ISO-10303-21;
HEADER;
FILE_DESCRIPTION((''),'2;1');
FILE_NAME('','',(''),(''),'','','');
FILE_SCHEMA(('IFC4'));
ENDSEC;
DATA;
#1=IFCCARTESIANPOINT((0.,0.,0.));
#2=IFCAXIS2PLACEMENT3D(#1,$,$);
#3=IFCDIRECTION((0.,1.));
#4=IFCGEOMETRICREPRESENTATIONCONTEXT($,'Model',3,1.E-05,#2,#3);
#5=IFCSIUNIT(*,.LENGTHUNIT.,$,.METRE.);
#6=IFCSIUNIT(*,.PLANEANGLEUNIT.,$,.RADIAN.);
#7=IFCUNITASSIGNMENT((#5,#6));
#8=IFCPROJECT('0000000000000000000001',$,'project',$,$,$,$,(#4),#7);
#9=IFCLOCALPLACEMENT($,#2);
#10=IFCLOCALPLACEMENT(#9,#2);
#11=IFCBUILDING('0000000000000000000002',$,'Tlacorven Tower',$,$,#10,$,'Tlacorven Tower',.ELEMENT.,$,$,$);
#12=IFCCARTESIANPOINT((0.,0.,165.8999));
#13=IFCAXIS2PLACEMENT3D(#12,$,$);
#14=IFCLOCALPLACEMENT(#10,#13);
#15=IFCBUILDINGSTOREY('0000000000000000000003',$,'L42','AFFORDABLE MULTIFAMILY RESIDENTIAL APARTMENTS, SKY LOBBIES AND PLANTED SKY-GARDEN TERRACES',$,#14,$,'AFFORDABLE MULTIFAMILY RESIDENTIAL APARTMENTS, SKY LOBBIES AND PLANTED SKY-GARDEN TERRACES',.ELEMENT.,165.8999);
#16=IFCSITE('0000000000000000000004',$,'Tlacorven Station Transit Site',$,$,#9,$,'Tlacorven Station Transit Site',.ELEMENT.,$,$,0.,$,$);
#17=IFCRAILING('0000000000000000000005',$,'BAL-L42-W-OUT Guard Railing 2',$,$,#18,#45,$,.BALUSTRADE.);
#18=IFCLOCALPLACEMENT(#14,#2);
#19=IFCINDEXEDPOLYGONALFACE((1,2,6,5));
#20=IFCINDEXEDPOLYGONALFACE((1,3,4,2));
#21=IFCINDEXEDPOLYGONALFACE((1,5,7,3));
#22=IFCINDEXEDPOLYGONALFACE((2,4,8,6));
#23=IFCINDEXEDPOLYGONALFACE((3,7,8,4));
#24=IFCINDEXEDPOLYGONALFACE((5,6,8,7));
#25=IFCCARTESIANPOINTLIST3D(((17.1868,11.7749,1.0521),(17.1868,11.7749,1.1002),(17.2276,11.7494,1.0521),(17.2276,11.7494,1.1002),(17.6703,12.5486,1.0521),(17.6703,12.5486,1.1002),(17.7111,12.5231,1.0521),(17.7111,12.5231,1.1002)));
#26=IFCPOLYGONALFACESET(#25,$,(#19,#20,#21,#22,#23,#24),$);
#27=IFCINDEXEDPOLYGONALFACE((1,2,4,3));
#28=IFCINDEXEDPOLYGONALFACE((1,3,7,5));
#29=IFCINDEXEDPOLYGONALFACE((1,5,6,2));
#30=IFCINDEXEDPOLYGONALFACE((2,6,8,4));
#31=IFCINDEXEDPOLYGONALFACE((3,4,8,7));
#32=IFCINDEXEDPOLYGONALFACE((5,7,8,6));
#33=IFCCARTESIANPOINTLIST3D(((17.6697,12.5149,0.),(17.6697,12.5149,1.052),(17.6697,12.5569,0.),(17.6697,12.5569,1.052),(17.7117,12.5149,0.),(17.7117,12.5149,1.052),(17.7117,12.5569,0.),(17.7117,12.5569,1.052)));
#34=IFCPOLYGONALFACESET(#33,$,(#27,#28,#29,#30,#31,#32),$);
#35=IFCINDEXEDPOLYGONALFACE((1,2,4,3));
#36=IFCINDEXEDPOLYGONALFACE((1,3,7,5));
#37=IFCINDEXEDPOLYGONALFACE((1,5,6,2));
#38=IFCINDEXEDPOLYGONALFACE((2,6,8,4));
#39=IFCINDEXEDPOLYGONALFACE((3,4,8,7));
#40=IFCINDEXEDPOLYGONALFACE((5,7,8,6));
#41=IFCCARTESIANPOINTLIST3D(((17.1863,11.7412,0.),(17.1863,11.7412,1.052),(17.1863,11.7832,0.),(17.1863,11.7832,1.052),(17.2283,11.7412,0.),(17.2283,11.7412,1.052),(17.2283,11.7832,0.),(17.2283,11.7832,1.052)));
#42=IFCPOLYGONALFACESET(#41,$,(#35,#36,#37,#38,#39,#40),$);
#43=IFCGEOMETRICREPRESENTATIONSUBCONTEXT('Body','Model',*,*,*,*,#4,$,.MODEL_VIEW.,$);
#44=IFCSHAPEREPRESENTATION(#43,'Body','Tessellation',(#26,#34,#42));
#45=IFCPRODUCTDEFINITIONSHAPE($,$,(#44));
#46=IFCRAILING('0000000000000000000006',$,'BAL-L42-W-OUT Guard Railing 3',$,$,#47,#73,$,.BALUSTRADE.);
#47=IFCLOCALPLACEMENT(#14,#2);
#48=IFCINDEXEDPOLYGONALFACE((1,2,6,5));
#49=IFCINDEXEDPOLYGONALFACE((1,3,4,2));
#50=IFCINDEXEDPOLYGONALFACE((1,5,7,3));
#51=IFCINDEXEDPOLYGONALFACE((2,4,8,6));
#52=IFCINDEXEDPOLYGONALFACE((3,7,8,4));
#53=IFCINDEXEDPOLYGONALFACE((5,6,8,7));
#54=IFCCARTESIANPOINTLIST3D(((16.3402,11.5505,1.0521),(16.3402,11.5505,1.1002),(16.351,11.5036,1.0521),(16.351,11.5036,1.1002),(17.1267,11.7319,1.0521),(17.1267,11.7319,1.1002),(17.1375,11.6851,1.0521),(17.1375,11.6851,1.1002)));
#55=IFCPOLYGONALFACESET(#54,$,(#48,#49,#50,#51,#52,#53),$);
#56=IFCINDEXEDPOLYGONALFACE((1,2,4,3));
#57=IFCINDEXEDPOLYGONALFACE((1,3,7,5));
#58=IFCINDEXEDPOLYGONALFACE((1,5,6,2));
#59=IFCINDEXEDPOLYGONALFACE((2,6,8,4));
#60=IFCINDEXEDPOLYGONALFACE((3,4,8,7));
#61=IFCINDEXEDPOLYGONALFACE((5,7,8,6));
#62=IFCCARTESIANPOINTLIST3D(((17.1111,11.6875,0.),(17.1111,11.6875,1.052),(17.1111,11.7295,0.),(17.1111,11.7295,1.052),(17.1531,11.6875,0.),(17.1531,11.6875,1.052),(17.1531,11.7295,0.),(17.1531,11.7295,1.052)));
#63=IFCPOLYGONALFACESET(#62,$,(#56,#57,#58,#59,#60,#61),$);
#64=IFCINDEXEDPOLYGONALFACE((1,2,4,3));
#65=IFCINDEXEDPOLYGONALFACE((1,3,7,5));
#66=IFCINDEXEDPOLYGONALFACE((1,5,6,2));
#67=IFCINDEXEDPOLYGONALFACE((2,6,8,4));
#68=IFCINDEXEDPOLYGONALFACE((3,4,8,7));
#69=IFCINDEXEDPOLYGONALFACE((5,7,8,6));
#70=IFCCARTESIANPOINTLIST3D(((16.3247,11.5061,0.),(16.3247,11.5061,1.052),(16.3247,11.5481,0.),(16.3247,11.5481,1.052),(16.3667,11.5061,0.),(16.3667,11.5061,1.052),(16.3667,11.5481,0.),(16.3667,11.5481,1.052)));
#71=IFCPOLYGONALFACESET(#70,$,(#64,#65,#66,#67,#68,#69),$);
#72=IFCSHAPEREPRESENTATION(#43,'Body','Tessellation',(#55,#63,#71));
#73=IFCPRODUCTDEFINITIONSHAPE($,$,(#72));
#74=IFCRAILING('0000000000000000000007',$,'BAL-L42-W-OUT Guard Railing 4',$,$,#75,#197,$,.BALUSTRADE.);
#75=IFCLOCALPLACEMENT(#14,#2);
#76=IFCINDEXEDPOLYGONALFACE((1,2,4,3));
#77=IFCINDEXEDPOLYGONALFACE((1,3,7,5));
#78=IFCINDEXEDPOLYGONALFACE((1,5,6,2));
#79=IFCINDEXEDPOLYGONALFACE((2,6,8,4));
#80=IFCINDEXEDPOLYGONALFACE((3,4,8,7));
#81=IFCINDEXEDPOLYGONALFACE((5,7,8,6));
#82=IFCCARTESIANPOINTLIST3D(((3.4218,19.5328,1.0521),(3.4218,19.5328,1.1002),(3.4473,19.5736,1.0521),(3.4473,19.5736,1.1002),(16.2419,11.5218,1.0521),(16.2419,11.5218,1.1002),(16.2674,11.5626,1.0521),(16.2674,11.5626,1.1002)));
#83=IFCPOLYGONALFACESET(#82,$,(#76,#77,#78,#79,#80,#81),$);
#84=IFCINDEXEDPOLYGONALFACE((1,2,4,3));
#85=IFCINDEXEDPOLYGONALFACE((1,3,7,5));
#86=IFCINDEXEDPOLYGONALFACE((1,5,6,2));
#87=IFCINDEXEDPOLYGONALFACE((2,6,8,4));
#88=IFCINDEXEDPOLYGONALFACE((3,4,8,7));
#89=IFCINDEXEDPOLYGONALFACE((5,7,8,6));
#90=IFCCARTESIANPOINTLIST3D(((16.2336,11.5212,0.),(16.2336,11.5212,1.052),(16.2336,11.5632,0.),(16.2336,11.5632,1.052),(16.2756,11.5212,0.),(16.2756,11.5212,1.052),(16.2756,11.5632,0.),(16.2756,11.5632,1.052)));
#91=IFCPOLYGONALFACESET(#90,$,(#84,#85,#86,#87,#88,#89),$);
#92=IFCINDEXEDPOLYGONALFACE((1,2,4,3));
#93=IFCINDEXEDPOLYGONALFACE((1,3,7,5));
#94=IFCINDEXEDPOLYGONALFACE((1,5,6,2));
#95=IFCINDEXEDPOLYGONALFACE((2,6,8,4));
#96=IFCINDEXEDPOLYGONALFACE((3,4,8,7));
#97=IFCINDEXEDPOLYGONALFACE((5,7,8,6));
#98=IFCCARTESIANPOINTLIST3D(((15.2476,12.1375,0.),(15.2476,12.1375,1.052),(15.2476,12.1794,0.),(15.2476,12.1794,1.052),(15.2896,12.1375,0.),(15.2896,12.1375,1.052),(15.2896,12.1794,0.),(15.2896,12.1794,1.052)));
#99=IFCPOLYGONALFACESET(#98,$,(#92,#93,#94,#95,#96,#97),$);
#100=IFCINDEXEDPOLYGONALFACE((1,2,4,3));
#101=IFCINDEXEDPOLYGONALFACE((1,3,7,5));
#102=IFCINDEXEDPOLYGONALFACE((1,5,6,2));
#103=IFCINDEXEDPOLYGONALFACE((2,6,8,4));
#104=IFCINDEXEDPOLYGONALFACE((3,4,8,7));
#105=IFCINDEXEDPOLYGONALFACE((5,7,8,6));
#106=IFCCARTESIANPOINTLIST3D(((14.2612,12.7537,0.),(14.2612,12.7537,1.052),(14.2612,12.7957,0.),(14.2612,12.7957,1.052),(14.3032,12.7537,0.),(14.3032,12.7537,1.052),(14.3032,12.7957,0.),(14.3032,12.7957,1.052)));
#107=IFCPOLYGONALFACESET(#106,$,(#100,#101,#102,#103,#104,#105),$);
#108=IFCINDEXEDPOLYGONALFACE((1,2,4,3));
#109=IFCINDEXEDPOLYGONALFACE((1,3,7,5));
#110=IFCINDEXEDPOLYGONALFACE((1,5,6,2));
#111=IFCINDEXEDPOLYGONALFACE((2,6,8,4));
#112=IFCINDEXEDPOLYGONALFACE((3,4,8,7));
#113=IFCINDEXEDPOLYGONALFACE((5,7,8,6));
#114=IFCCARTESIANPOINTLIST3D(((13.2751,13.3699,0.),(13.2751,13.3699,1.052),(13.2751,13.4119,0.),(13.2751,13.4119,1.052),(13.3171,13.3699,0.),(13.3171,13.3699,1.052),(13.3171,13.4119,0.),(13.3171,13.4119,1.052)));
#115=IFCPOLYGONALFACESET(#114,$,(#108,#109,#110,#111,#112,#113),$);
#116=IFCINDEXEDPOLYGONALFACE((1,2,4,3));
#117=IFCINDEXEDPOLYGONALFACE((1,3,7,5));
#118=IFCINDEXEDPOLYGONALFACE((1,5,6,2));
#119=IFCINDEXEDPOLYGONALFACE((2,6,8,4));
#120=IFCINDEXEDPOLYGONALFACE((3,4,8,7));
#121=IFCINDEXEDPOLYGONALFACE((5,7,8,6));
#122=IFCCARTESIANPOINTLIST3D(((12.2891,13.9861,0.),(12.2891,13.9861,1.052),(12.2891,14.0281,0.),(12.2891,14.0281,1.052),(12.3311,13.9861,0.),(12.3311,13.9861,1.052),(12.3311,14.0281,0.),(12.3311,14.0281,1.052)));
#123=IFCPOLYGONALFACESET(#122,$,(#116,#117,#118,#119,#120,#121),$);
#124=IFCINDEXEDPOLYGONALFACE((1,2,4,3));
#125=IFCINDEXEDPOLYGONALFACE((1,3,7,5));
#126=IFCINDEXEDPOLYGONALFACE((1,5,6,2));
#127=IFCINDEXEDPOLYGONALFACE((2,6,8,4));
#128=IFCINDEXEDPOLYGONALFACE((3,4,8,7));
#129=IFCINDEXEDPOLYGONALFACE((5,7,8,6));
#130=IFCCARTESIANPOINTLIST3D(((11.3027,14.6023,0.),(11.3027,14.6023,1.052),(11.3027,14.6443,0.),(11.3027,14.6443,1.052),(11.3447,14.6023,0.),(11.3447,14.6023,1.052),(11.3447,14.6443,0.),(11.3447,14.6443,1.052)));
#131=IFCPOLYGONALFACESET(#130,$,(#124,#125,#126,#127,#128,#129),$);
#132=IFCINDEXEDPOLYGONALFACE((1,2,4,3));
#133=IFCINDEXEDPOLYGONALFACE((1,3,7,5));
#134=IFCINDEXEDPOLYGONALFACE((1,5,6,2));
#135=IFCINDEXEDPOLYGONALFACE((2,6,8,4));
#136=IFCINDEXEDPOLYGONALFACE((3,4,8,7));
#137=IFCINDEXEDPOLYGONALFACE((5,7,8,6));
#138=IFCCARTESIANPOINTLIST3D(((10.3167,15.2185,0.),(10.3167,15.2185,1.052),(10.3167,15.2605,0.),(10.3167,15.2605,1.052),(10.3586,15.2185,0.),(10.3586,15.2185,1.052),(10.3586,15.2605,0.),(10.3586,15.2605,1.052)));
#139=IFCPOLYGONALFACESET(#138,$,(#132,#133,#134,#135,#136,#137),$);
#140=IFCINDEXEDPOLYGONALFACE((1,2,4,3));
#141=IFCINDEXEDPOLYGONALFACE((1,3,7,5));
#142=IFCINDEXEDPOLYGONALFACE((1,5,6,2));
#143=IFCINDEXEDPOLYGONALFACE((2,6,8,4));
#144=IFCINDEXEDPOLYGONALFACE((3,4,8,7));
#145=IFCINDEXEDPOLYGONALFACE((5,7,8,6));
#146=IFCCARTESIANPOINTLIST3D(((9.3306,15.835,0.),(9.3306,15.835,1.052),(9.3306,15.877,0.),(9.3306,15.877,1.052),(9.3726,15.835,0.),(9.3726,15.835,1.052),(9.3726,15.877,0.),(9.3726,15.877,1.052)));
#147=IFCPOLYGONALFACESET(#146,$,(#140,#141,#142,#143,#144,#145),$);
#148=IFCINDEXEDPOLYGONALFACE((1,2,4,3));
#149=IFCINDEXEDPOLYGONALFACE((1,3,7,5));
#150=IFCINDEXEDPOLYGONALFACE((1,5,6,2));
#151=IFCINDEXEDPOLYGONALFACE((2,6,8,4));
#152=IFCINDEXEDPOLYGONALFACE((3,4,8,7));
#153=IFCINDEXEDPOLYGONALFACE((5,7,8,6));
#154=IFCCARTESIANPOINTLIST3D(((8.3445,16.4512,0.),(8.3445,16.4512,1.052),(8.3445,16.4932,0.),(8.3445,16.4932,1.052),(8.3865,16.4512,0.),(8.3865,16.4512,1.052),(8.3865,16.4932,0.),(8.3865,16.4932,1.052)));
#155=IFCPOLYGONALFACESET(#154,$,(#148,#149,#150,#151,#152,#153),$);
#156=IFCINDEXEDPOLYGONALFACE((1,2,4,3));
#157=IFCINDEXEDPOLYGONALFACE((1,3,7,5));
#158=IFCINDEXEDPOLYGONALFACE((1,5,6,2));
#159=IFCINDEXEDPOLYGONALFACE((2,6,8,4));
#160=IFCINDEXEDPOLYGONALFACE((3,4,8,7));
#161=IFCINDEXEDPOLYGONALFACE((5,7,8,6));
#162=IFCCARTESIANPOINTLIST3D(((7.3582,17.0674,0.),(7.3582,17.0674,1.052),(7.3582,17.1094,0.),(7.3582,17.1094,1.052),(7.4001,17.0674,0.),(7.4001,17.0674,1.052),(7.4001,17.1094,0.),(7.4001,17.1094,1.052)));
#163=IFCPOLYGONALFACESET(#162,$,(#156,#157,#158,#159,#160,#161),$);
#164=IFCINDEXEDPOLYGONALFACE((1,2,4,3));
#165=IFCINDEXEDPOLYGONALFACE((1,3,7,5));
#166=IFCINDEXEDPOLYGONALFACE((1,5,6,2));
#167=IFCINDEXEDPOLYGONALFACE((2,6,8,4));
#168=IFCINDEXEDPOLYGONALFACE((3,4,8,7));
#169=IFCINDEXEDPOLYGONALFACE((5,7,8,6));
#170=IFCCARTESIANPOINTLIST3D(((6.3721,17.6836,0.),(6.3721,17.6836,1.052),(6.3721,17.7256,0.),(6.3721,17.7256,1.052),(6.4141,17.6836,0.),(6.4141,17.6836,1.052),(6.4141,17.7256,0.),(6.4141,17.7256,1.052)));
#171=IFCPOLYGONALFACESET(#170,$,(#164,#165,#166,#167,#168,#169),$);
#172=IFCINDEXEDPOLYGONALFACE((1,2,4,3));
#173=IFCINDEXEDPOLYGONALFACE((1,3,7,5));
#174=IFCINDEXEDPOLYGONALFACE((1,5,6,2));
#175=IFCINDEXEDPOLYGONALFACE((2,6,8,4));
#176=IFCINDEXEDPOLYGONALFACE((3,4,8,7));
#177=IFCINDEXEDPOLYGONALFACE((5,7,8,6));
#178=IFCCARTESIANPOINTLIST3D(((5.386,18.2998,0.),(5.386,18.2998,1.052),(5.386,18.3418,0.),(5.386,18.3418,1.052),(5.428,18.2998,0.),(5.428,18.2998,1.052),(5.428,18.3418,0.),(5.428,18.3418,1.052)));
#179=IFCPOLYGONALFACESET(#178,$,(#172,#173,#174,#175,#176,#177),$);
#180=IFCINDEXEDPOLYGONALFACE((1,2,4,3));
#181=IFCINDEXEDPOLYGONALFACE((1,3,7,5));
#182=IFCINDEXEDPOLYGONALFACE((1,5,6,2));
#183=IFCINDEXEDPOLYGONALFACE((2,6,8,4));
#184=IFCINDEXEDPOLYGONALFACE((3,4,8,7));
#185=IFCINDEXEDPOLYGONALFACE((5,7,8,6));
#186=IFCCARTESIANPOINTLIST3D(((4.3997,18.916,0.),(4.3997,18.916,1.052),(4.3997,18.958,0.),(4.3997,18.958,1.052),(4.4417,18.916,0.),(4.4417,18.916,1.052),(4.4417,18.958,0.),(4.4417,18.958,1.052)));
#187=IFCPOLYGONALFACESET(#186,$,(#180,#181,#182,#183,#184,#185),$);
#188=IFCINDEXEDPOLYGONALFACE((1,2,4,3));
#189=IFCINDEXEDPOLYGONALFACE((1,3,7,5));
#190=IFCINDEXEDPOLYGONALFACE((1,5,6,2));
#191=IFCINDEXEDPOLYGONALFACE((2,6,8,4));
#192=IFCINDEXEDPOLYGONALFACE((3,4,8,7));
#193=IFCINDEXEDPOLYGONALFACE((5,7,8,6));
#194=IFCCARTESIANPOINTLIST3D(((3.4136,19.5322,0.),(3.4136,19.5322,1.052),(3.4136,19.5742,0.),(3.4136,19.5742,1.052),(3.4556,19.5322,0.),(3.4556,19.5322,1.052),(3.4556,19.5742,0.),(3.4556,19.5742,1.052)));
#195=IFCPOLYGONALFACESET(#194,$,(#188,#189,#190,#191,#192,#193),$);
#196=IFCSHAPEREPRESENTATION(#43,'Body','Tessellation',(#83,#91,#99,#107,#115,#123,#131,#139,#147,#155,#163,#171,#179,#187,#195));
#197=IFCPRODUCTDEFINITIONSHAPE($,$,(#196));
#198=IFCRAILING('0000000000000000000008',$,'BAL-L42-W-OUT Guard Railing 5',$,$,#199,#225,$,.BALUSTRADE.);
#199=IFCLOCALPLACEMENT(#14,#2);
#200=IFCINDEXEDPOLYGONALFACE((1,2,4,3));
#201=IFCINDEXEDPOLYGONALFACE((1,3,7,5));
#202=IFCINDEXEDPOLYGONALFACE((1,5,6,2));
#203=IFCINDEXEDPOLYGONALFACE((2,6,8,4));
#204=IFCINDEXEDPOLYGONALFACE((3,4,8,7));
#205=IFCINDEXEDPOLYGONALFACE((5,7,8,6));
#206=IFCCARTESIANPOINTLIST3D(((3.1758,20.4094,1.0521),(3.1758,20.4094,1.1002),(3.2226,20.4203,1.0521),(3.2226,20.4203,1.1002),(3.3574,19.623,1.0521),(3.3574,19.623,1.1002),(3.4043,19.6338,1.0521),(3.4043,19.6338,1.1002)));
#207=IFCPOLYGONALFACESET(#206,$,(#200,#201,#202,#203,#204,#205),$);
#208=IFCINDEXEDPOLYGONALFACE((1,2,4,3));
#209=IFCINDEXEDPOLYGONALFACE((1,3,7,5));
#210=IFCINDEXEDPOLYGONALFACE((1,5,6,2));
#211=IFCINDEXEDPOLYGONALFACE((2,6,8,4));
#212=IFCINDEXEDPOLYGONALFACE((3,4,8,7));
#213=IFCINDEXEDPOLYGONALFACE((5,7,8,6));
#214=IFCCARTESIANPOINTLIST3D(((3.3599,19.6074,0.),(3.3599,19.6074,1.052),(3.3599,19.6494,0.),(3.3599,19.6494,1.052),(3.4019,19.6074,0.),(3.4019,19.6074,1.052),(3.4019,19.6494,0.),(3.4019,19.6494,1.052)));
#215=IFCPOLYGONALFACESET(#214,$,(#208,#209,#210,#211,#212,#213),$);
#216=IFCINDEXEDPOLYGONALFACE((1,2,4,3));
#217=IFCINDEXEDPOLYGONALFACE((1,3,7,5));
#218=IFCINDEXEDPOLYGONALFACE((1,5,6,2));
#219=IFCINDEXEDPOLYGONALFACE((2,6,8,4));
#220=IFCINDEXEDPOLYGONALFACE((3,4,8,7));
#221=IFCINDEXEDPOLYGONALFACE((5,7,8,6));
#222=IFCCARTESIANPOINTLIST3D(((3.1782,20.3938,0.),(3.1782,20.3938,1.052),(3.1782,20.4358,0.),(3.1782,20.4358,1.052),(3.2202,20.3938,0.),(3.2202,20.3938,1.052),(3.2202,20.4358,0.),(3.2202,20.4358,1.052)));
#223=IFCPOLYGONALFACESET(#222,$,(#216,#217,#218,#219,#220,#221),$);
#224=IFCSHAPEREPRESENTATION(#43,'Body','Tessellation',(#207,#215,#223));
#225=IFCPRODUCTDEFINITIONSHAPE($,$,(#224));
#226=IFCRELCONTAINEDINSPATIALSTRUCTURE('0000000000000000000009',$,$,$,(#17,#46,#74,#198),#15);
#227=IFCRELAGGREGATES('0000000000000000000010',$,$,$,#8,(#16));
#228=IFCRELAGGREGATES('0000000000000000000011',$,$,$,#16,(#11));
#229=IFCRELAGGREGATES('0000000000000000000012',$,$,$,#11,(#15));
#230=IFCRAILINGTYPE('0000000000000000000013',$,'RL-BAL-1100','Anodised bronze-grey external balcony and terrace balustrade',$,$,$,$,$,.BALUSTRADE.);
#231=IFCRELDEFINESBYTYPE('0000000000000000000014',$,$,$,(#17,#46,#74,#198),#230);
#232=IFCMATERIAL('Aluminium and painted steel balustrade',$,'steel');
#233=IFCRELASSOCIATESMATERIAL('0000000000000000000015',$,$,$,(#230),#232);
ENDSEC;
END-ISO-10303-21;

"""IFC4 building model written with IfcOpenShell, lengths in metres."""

from ifc_helpers import new_model, si_unit, direction, frame, origin, origin_2d, place, context, subcontext, project, spatial, rectangle, extrude, source, transform, mapped, material, type_object, element, save


model = new_model("IFC4")

# Units and contexts
model_context = context("Model", 3, precision=1e-05, world=origin(), true_north=direction((0.0, 1.0)))
body_context = subcontext(model_context, "Body", "Model", "MODEL_VIEW")
ifc_project = project(units=[si_unit("LENGTHUNIT", "METRE"), si_unit("PLANEANGLEUNIT", "RADIAN")], contexts=[model_context])

# Site, building, storey
site_placement = place(None, origin())
site = spatial("IfcSite", under=ifc_project, at=site_placement, Name="Tlacorven Station Transit Site", LongName="Tlacorven Station Transit Site", CompositionType="ELEMENT", RefElevation=0.0)
building_placement = place(site_placement, origin())
building = spatial("IfcBuilding", under=site, at=building_placement, Name="Tlacorven Tower", LongName="Tlacorven Tower", CompositionType="ELEMENT")
storey_placement = place(building_placement, frame((0.0, 0.0, 165.8999)))
storey = spatial("IfcBuildingStorey", under=building, at=storey_placement, Name="L42", Description="AFFORDABLE MULTIFAMILY RESIDENTIAL APARTMENTS, SKY LOBBIES AND PLANTED SKY-GARDEN TERRACES", LongName="AFFORDABLE MULTIFAMILY RESIDENTIAL APARTMENTS, SKY LOBBIES AND PLANTED SKY-GARDEN TERRACES", CompositionType="ELEMENT", Elevation=165.8999)

# Railings
ifc_material_1 = material(Name="Aluminium and painted steel balustrade", Category="steel")
railing_type = type_object("IfcRailingType", Name="RL-BAL-1100", Description="Anodised bronze-grey external balcony and terrace balustrade", PredefinedType="BALUSTRADE", material=ifc_material_1)
shared_shape_1 = source(origin(), body_context, "Body", "SweptSolid", [
    extrude(rectangle(XDim=0.0481, YDim=0.0481, at=origin_2d()), frame((0.0, 0.0, 1.0762), z_axis=(-0.529879, -0.848073, 0.0), x_axis=(0.848073, -0.529879, 0.0)), (0.0, 0.0, 1.0), 0.9124),
    extrude(rectangle(XDim=0.042, YDim=0.042, at=origin_2d()), origin(), (0.0, 0.0, 1.0), 1.052),
    extrude(rectangle(XDim=0.042, YDim=0.042, at=origin_2d()), frame((-0.4834, -0.7737, 0.0)), (0.0, 0.0, 1.0), 1.052),
])
railing_1_placement = place(storey_placement, frame((17.6907, 12.5359, 0.0)))
element("IfcRailing", 1, at=railing_1_placement, inside=storey, type_object=railing_type, Name="BAL-L42-W-OUT Guard Railing 2", PredefinedType="BALUSTRADE", context=body_context, shape_type="MappedRepresentation", body=[
    mapped(shared_shape_1, transform((0.0, 0.0, 0.0), scale=1.0)),
])
shared_shape_2 = source(origin(), body_context, "Body", "SweptSolid", [
    extrude(rectangle(XDim=0.0481, YDim=0.0481, at=origin_2d()), frame((0.0, 0.0, 1.0762), z_axis=(-0.974412, -0.224771, 0.0), x_axis=(0.224771, -0.974412, 0.0)), (0.0, 0.0, 1.0), 0.8071),
    extrude(rectangle(XDim=0.042, YDim=0.042, at=origin_2d()), origin(), (0.0, 0.0, 1.0), 1.052),
    extrude(rectangle(XDim=0.042, YDim=0.042, at=origin_2d()), frame((-0.7864, -0.1814, 0.0)), (0.0, 0.0, 1.0), 1.052),
])
railing_2_placement = place(storey_placement, frame((17.1321, 11.7085, 0.0)))
element("IfcRailing", 2, at=railing_2_placement, inside=storey, type_object=railing_type, Name="BAL-L42-W-OUT Guard Railing 3", PredefinedType="BALUSTRADE", context=body_context, shape_type="MappedRepresentation", body=[
    mapped(shared_shape_2, transform((0.0, 0.0, 0.0), scale=1.0)),
])
shared_shape_3 = source(origin(), body_context, "Body", "SweptSolid", [
    extrude(rectangle(XDim=0.0481, YDim=0.0481, at=origin_2d()), frame((0.0, 0.0, 1.0762), z_axis=(-0.848045, 0.529925, 0.0), x_axis=(-0.529925, -0.848045, 0.0)), (0.0, 0.0, 1.0), 15.1172),
    extrude(rectangle(XDim=0.042, YDim=0.042, at=origin_2d()), origin(), (0.0, 0.0, 1.0), 1.052),
    extrude(rectangle(XDim=0.042, YDim=0.042, at=origin_2d()), frame((-0.9861, 0.6162, 0.0)), (0.0, 0.0, 1.0), 1.052),
    extrude(rectangle(XDim=0.042, YDim=0.042, at=origin_2d()), frame((-1.9724, 1.2324, 0.0)), (0.0, 0.0, 1.0), 1.052),
    extrude(rectangle(XDim=0.042, YDim=0.042, at=origin_2d()), frame((-2.9585, 1.8486, 0.0)), (0.0, 0.0, 1.0), 1.052),
    extrude(rectangle(XDim=0.042, YDim=0.042, at=origin_2d()), frame((-3.9446, 2.4648, 0.0)), (0.0, 0.0, 1.0), 1.052),
    extrude(rectangle(XDim=0.042, YDim=0.042, at=origin_2d()), frame((-4.9309, 3.0811, 0.0)), (0.0, 0.0, 1.0), 1.052),
    extrude(rectangle(XDim=0.042, YDim=0.042, at=origin_2d()), frame((-5.917, 3.6973, 0.0)), (0.0, 0.0, 1.0), 1.052),
    extrude(rectangle(XDim=0.042, YDim=0.042, at=origin_2d()), frame((-6.9031, 4.3137, 0.0)), (0.0, 0.0, 1.0), 1.052),
    extrude(rectangle(XDim=0.042, YDim=0.042, at=origin_2d()), frame((-7.8892, 4.9299, 0.0)), (0.0, 0.0, 1.0), 1.052),
    extrude(rectangle(XDim=0.042, YDim=0.042, at=origin_2d()), frame((-8.8755, 5.5461, 0.0)), (0.0, 0.0, 1.0), 1.052),
    extrude(rectangle(XDim=0.042, YDim=0.042, at=origin_2d()), frame((-9.8616, 6.1624, 0.0)), (0.0, 0.0, 1.0), 1.052),
    extrude(rectangle(XDim=0.042, YDim=0.042, at=origin_2d()), frame((-10.8477, 6.7786, 0.0)), (0.0, 0.0, 1.0), 1.052),
    extrude(rectangle(XDim=0.042, YDim=0.042, at=origin_2d()), frame((-11.834, 7.3948, 0.0)), (0.0, 0.0, 1.0), 1.052),
    extrude(rectangle(XDim=0.042, YDim=0.042, at=origin_2d()), frame((-12.8201, 8.011, 0.0)), (0.0, 0.0, 1.0), 1.052),
])
railing_3_placement = place(storey_placement, frame((16.2546, 11.5422, 0.0)))
element("IfcRailing", 3, at=railing_3_placement, inside=storey, type_object=railing_type, Name="BAL-L42-W-OUT Guard Railing 4", PredefinedType="BALUSTRADE", context=body_context, shape_type="MappedRepresentation", body=[
    mapped(shared_shape_3, transform((0.0, 0.0, 0.0), scale=1.0)),
])
shared_shape_4 = source(origin(), body_context, "Body", "SweptSolid", [
    extrude(rectangle(XDim=0.0481, YDim=0.0481, at=origin_2d()), frame((0.0, 0.0, 1.0762), z_axis=(-0.225058, 0.974345, 0.0), x_axis=(-0.974345, -0.225058, 0.0)), (0.0, 0.0, 1.0), 0.8071),
    extrude(rectangle(XDim=0.042, YDim=0.042, at=origin_2d()), origin(), (0.0, 0.0, 1.0), 1.052),
    extrude(rectangle(XDim=0.042, YDim=0.042, at=origin_2d()), frame((-0.1816, 0.7864, 0.0)), (0.0, 0.0, 1.0), 1.052),
])
railing_4_placement = place(storey_placement, frame((3.3809, 19.6284, 0.0)))
element("IfcRailing", 4, at=railing_4_placement, inside=storey, type_object=railing_type, Name="BAL-L42-W-OUT Guard Railing 5", PredefinedType="BALUSTRADE", context=body_context, shape_type="MappedRepresentation", body=[
    mapped(shared_shape_4, transform((0.0, 0.0, 0.0), scale=1.0)),
])

save(model, "model.ifc")
